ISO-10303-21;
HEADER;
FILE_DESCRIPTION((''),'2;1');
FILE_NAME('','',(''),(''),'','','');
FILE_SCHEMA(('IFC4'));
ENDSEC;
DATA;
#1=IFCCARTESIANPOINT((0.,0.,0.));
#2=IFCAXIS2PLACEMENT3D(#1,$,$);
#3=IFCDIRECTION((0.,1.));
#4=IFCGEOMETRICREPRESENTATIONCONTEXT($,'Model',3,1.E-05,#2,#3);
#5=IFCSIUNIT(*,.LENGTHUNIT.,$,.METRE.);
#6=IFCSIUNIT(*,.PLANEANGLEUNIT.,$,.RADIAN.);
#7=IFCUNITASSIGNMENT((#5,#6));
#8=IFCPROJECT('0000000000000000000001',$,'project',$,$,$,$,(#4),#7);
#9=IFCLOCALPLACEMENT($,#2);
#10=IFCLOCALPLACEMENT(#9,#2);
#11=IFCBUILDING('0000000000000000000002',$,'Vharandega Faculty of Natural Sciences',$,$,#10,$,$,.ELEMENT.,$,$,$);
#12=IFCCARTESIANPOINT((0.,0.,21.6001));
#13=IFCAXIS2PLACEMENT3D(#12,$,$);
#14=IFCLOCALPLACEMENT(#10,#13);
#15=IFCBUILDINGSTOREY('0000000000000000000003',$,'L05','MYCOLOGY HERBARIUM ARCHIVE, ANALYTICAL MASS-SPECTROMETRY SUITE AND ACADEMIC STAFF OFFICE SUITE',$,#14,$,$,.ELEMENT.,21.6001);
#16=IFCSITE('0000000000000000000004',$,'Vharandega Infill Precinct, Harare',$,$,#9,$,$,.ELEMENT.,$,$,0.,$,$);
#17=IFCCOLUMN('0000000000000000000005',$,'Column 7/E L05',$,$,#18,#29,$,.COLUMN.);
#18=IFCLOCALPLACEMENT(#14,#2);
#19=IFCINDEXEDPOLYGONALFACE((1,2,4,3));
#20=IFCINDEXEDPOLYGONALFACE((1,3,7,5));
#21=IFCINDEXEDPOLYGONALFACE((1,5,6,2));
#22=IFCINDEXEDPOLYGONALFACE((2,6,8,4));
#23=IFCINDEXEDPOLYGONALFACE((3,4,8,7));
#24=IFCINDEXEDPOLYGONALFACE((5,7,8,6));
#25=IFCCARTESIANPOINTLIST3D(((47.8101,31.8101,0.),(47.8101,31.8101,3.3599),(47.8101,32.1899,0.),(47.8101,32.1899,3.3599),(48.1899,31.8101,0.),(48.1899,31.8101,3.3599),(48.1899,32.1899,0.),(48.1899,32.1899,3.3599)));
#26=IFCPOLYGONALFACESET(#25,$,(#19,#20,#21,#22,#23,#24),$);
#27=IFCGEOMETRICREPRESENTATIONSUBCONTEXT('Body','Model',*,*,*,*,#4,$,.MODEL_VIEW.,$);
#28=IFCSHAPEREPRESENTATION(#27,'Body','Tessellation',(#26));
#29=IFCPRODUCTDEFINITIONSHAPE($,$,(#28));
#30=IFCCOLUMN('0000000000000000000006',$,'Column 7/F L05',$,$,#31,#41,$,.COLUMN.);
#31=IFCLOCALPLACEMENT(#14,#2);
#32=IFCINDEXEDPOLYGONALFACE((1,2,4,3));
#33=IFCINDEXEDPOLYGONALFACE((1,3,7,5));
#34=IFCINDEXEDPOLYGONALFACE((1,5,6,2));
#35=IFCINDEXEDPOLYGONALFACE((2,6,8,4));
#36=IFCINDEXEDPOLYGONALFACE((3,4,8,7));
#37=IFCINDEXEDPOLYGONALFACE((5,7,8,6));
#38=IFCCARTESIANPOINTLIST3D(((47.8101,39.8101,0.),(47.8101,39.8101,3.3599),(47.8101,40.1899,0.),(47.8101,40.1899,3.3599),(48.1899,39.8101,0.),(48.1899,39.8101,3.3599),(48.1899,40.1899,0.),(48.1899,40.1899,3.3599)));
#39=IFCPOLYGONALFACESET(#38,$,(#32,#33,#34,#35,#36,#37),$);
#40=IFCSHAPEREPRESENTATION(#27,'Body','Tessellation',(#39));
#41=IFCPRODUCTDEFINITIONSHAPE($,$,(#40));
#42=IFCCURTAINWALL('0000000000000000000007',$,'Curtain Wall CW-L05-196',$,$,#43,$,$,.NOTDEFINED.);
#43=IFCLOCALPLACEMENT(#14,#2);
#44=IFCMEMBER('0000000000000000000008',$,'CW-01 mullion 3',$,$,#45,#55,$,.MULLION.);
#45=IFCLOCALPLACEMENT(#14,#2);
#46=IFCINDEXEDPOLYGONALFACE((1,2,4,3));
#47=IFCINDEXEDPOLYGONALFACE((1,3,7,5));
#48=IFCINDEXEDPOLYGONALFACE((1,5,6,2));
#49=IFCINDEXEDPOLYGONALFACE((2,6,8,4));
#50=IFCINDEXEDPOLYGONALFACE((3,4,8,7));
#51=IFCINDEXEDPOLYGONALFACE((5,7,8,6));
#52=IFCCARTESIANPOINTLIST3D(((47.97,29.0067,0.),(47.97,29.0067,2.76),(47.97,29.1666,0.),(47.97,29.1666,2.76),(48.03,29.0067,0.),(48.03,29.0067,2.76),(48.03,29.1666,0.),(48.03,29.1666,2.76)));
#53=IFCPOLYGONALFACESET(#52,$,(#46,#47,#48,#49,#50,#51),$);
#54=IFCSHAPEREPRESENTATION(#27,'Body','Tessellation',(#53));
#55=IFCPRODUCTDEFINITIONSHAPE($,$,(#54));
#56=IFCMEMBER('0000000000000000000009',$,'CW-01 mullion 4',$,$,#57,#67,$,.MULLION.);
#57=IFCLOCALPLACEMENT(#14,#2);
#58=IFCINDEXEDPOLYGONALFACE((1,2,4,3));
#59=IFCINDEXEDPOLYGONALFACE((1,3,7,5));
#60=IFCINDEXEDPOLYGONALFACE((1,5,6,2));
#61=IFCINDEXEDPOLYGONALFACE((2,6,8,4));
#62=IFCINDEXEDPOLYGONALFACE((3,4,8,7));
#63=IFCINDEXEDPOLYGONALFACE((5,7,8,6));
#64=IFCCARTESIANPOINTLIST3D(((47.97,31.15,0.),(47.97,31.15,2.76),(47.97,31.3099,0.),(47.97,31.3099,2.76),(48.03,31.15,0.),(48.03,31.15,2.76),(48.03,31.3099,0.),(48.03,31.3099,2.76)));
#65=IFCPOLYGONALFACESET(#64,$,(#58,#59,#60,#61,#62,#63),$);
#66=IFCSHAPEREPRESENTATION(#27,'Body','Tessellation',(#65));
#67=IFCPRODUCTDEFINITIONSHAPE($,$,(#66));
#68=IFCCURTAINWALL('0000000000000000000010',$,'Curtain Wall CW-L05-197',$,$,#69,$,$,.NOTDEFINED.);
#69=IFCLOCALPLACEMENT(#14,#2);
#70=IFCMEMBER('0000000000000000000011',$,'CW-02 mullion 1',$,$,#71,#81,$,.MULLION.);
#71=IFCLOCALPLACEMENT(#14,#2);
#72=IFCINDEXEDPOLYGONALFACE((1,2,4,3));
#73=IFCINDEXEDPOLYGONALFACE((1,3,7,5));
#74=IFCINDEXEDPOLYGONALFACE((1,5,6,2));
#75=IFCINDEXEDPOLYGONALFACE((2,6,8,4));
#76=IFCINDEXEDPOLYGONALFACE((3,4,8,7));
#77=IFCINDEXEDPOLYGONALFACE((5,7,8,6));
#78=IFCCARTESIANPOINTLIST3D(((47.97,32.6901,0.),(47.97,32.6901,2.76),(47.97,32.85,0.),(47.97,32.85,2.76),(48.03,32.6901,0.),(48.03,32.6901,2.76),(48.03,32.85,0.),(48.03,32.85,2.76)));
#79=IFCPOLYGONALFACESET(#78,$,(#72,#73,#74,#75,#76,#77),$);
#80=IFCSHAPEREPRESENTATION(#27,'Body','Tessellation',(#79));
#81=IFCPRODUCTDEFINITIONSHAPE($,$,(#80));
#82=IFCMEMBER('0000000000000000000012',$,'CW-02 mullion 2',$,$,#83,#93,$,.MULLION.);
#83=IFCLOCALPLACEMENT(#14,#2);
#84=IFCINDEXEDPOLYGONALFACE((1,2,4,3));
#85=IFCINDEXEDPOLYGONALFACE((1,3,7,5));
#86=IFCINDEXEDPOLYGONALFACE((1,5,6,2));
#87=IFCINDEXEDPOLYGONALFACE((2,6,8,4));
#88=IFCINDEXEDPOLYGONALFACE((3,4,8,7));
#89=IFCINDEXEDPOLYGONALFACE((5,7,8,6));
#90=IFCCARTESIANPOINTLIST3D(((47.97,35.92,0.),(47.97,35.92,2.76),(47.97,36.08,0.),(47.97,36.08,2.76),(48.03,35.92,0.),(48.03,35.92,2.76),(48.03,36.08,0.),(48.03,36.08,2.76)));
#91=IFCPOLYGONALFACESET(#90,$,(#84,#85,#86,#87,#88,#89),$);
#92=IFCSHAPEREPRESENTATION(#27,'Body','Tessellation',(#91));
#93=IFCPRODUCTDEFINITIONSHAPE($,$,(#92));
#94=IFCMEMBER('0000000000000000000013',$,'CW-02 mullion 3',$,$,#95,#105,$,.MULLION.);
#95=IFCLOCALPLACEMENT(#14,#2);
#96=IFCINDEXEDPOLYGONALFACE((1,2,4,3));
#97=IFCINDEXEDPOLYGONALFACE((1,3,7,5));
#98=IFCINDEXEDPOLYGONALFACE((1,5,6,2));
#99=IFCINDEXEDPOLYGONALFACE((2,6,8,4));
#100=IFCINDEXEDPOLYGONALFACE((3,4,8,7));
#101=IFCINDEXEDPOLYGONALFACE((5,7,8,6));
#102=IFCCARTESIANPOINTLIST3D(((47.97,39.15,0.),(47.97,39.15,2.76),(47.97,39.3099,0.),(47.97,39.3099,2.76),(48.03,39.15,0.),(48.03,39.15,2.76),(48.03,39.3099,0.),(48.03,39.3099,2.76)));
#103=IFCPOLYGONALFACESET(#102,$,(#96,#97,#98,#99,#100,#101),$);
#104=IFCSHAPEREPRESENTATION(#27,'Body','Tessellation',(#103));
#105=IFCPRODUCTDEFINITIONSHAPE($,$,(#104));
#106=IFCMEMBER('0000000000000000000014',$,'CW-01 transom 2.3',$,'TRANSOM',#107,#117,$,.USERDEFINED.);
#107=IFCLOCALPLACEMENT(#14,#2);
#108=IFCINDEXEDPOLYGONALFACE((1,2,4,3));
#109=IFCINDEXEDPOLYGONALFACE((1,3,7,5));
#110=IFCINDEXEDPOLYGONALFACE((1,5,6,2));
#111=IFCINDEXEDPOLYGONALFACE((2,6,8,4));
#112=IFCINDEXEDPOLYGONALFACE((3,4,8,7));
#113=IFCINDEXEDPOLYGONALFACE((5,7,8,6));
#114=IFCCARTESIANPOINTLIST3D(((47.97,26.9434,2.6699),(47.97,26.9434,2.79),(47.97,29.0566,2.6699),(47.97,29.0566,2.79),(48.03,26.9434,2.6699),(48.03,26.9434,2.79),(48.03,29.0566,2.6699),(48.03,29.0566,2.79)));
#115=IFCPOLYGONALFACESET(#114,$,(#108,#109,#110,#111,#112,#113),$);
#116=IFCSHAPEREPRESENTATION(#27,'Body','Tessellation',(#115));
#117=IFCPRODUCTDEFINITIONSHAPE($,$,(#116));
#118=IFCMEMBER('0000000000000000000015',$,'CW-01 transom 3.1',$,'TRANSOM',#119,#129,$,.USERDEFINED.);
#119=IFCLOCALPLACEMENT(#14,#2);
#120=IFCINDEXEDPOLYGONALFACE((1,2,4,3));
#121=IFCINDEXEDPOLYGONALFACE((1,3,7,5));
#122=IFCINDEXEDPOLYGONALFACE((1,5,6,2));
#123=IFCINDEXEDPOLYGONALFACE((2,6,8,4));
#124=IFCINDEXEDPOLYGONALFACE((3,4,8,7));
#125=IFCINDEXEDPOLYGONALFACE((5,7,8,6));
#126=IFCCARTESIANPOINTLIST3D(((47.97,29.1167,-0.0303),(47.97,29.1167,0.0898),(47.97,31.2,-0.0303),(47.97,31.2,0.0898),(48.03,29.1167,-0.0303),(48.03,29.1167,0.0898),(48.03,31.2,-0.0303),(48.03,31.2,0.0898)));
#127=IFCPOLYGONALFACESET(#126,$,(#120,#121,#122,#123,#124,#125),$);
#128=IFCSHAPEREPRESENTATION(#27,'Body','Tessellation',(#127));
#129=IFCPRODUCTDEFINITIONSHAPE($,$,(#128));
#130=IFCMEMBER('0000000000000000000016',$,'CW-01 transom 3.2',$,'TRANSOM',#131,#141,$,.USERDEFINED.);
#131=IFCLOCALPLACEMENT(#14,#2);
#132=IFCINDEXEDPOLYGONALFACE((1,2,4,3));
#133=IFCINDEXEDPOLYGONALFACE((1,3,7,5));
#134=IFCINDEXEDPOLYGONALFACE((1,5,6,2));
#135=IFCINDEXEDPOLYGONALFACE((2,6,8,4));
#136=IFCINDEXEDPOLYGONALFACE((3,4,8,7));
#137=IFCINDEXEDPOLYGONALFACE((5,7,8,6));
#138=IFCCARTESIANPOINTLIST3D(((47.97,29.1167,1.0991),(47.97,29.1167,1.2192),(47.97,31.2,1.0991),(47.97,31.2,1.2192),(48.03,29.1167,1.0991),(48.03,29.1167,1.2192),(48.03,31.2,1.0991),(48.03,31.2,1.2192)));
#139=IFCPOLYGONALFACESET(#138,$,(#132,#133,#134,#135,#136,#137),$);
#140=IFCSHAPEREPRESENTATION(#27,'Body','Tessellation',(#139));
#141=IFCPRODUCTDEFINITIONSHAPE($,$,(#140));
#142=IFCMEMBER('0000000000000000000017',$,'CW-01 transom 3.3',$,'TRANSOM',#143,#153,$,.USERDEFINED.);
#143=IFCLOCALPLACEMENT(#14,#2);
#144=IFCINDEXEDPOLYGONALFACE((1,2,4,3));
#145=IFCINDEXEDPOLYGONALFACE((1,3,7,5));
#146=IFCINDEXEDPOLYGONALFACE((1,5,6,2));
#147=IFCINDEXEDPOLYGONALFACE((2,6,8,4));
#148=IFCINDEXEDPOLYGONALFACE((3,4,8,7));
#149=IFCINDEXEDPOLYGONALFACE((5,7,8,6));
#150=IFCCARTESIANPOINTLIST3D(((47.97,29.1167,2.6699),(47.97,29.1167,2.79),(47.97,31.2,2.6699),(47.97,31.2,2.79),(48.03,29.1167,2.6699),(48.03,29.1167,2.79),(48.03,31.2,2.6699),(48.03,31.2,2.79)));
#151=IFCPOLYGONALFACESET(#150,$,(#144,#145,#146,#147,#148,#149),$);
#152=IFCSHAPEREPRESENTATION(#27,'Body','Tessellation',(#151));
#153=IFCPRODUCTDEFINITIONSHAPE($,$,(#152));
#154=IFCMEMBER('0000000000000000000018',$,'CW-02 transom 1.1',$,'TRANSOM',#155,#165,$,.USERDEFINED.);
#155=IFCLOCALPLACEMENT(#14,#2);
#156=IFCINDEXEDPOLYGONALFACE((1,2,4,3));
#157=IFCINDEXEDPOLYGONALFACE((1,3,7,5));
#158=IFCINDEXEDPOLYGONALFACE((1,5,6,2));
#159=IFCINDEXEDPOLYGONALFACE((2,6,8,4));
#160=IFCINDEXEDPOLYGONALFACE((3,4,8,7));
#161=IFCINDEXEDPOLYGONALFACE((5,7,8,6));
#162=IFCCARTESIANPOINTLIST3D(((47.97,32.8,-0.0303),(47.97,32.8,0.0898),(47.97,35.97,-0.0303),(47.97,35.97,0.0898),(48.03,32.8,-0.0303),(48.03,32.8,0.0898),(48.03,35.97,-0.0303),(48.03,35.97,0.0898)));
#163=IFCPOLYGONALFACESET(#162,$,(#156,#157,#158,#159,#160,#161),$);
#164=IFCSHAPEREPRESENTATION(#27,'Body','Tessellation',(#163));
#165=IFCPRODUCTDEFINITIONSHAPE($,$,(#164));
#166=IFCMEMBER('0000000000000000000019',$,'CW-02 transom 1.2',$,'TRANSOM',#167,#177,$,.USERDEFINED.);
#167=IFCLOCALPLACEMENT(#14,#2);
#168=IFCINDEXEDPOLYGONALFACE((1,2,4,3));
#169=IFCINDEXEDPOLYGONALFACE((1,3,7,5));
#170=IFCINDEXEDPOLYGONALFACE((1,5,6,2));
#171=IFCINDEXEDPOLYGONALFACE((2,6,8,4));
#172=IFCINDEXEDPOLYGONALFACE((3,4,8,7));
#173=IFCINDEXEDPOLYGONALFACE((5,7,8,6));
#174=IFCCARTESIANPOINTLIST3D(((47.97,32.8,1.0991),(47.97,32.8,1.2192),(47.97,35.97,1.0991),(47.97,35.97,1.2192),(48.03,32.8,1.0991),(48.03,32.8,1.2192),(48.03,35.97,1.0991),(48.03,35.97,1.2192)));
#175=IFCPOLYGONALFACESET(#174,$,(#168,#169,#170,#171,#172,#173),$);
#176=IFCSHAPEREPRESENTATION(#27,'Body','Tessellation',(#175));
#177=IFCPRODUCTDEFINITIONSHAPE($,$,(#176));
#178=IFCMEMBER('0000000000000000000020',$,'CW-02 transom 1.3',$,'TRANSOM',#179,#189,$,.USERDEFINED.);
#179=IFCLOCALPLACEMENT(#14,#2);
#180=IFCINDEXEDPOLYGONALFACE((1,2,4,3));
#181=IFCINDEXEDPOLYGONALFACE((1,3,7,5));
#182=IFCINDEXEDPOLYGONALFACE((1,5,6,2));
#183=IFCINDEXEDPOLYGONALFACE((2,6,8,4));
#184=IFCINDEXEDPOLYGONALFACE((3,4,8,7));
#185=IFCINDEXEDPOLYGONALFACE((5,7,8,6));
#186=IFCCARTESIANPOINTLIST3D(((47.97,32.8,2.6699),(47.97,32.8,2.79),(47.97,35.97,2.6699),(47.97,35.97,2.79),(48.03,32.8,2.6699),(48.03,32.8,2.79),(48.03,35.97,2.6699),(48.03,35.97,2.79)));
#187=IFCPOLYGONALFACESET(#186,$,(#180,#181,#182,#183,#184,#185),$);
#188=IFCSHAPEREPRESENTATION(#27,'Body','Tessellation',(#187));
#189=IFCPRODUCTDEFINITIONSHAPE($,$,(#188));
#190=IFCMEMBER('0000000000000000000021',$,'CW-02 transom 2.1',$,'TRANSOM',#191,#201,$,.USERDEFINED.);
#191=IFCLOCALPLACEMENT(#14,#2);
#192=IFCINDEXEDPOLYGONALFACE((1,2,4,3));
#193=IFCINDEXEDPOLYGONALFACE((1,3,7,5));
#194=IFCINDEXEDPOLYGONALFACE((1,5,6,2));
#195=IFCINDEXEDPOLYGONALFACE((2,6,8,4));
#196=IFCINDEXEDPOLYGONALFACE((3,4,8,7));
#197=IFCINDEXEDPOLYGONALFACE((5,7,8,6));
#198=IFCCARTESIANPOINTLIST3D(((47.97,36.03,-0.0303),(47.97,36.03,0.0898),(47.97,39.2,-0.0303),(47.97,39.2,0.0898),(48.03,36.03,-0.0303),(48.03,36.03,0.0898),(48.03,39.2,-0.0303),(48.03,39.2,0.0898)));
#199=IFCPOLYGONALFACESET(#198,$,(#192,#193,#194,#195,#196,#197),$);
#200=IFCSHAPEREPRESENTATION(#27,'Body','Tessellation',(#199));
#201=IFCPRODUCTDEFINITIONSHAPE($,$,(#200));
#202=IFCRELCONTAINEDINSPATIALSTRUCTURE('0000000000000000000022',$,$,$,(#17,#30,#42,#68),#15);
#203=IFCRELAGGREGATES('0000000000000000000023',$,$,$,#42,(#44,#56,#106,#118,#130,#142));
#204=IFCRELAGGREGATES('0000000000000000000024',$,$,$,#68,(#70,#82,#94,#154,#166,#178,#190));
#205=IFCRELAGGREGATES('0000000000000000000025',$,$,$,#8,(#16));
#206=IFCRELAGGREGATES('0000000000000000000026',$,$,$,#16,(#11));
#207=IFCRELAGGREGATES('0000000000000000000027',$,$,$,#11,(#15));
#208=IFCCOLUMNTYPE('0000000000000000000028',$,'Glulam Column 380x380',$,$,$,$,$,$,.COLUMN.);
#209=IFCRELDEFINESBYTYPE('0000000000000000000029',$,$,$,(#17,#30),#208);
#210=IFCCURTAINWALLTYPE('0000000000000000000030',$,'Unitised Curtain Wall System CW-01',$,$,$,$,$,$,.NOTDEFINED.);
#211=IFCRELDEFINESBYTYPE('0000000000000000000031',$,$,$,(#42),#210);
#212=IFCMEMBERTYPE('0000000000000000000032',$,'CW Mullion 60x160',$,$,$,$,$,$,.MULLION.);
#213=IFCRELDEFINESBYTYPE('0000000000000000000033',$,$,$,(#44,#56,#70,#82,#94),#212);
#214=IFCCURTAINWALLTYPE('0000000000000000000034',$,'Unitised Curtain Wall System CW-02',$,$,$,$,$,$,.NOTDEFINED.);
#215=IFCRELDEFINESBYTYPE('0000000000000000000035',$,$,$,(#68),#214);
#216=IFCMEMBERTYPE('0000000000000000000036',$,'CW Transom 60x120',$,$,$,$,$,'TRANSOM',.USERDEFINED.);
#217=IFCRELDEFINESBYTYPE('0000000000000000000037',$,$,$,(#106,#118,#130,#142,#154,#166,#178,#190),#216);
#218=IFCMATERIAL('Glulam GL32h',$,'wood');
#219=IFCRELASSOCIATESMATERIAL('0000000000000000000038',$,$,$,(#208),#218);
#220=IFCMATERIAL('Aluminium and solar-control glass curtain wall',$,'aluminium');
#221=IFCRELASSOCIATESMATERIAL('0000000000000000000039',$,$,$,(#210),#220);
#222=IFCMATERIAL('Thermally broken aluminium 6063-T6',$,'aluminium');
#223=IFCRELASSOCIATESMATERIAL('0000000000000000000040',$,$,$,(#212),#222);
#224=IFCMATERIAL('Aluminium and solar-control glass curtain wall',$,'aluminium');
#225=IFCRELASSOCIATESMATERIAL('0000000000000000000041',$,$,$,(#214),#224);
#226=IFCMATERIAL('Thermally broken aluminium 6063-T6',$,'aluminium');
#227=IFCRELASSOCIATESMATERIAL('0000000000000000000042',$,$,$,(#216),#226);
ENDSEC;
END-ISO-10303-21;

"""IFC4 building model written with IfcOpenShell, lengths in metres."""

from ifc_helpers import new_model, si_unit, direction, frame, origin, origin_2d, place, context, subcontext, project, spatial, rectangle, extrude, material, material_profile, profile_set, type_object, element, aggregate, save


model = new_model("IFC4")

# Units and contexts
model_context = context("Model", 3, precision=1e-05, world=origin(), true_north=direction((0.0, 1.0)))
body_context = subcontext(model_context, "Body", "Model", "MODEL_VIEW")
ifc_project = project(units=[si_unit("LENGTHUNIT", "METRE"), si_unit("PLANEANGLEUNIT", "RADIAN")], contexts=[model_context])

# Site, building, storey
site_placement = place(None, origin())
site = spatial("IfcSite", under=ifc_project, at=site_placement, Name="Vharandega Infill Precinct, Harare", CompositionType="ELEMENT", RefElevation=0.0)
building_placement = place(site_placement, origin())
building = spatial("IfcBuilding", under=site, at=building_placement, Name="Vharandega Faculty of Natural Sciences", CompositionType="ELEMENT")
storey_placement = place(building_placement, frame((0.0, 0.0, 21.6001)))
storey = spatial("IfcBuildingStorey", under=building, at=storey_placement, Name="L05", Description="MYCOLOGY HERBARIUM ARCHIVE, ANALYTICAL MASS-SPECTROMETRY SUITE AND ACADEMIC STAFF OFFICE SUITE", CompositionType="ELEMENT", Elevation=21.6001)

# Columns
ifc_material_1 = material(Name="Glulam GL32h", Category="wood")
ifc_material_profile_1 = material_profile(ifc_material_1, rectangle(XDim=0.3799, YDim=0.3799, at=origin_2d()), Name="GL32h 380x380")
ifc_profile_set_1 = profile_set([ifc_material_profile_1], Name="Glulam GL32h")
column_type = type_object("IfcColumnType", Name="Glulam Column 380x380", PredefinedType="COLUMN", material=ifc_profile_set_1)
for number, where, z_axis, x_axis, name in (
    (1, (48.0, 32.0, 0.0), (0.0, 0.0, 1.0), (1.0, 0.0, 0.0), "Column 7/E L05"),
    (2, (48.0, 40.0, 0.0), (0.0, 0.0, 1.0), (1.0, 0.0, 0.0), "Column 7/F L05"),
):
    element("IfcColumn", number, at=place(storey_placement, frame(where, z_axis=z_axis, x_axis=x_axis)), inside=storey, type_object=column_type, Name=name, PredefinedType="COLUMN", context=body_context, shape_type="SweptSolid", body=[
        extrude(rectangle(XDim=0.3799, YDim=0.3799, at=origin_2d()), origin(), (0.0, 0.0, 1.0), 3.3599),
    ])

# Curtain walls, members
ifc_material_2 = material(Name="Aluminium and solar-control glass curtain wall", Category="aluminium")
curtain_wall_type_1 = type_object("IfcCurtainWallType", Name="Unitised Curtain Wall System CW-01", PredefinedType="NOTDEFINED", material=ifc_material_2)
curtain_wall_1_placement = place(storey_placement, origin())
curtain_wall_1 = element("IfcCurtainWall", 3, at=curtain_wall_1_placement, inside=storey, type_object=curtain_wall_type_1, Name="Curtain Wall CW-L05-196", PredefinedType="NOTDEFINED")
ifc_material_3 = material(Name="Thermally broken aluminium 6063-T6", Category="aluminium")
ifc_material_profile_2 = material_profile(ifc_material_3, rectangle(XDim=0.0601, YDim=0.1599, at=origin_2d()), Name="ALU 60x160")
ifc_profile_set_2 = profile_set([ifc_material_profile_2], Name="Thermally broken aluminium 6063-T6")
member_type_1 = type_object("IfcMemberType", Name="CW Mullion 60x160", PredefinedType="MULLION", material=ifc_profile_set_2)
member_1_placement = place(storey_placement, frame((48.0, 29.0867, 0.0), z_axis=(0.0, 0.0, 1.0), x_axis=(-1.0, 0.0, 0.0)))
member_1 = element("IfcMember", 4, at=member_1_placement, type_object=member_type_1, Name="CW-01 mullion 3", PredefinedType="MULLION", context=body_context, shape_type="SweptSolid", body=[
    extrude(rectangle(XDim=0.0601, YDim=0.1599, at=origin_2d()), origin(), (0.0, 0.0, 1.0), 2.76),
])
member_2_placement = place(storey_placement, frame((48.0, 31.23, 0.0), z_axis=(0.0, 0.0, 1.0), x_axis=(-1.0, 0.0, 0.0)))
member_2 = element("IfcMember", 5, at=member_2_placement, type_object=member_type_1, Name="CW-01 mullion 4", PredefinedType="MULLION", context=body_context, shape_type="SweptSolid", body=[
    extrude(rectangle(XDim=0.0601, YDim=0.1599, at=origin_2d()), origin(), (0.0, 0.0, 1.0), 2.76),
])
ifc_material_4 = material(Name="Aluminium and solar-control glass curtain wall", Category="aluminium")
curtain_wall_type_2 = type_object("IfcCurtainWallType", Name="Unitised Curtain Wall System CW-02", PredefinedType="NOTDEFINED", material=ifc_material_4)
curtain_wall_2_placement = place(storey_placement, origin())
curtain_wall_2 = element("IfcCurtainWall", 6, at=curtain_wall_2_placement, inside=storey, type_object=curtain_wall_type_2, Name="Curtain Wall CW-L05-197", PredefinedType="NOTDEFINED")
member_3_placement = place(storey_placement, frame((48.0, 32.77, 0.0), z_axis=(0.0, 0.0, 1.0), x_axis=(-1.0, 0.0, 0.0)))
member_3 = element("IfcMember", 7, at=member_3_placement, type_object=member_type_1, Name="CW-02 mullion 1", PredefinedType="MULLION", context=body_context, shape_type="SweptSolid", body=[
    extrude(rectangle(XDim=0.0601, YDim=0.1599, at=origin_2d()), origin(), (0.0, 0.0, 1.0), 2.76),
])
member_4_placement = place(storey_placement, frame((48.0, 36.0, 0.0), z_axis=(0.0, 0.0, 1.0), x_axis=(-1.0, 0.0, 0.0)))
member_4 = element("IfcMember", 8, at=member_4_placement, type_object=member_type_1, Name="CW-02 mullion 2", PredefinedType="MULLION", context=body_context, shape_type="SweptSolid", body=[
    extrude(rectangle(XDim=0.0601, YDim=0.1599, at=origin_2d()), origin(), (0.0, 0.0, 1.0), 2.76),
])
member_5_placement = place(storey_placement, frame((48.0, 39.23, 0.0), z_axis=(0.0, 0.0, 1.0), x_axis=(-1.0, 0.0, 0.0)))
member_5 = element("IfcMember", 9, at=member_5_placement, type_object=member_type_1, Name="CW-02 mullion 3", PredefinedType="MULLION", context=body_context, shape_type="SweptSolid", body=[
    extrude(rectangle(XDim=0.0601, YDim=0.1599, at=origin_2d()), origin(), (0.0, 0.0, 1.0), 2.76),
])

# Members
ifc_material_5 = material(Name="Thermally broken aluminium 6063-T6", Category="aluminium")
ifc_material_profile_3 = material_profile(ifc_material_5, rectangle(XDim=0.0601, YDim=0.1201, at=origin_2d()), Name="ALU 60x120")
ifc_profile_set_3 = profile_set([ifc_material_profile_3], Name="Thermally broken aluminium 6063-T6")
member_type_2 = type_object("IfcMemberType", Name="CW Transom 60x120", ElementType="TRANSOM", PredefinedType="USERDEFINED", material=ifc_profile_set_3)
member_6_placement = place(storey_placement, frame((48.0, 26.9434, 2.73), z_axis=(0.0, 1.0, 0.0), x_axis=(-1.0, 0.0, 0.0)))
member_6 = element("IfcMember", 10, at=member_6_placement, type_object=member_type_2, Name="CW-01 transom 2.3", ObjectType="TRANSOM", PredefinedType="USERDEFINED", context=body_context, shape_type="SweptSolid", body=[
    extrude(rectangle(XDim=0.0601, YDim=0.1201, at=origin_2d()), origin(), (0.0, 0.0, 1.0), 2.1133),
])
member_7_placement = place(storey_placement, frame((48.0, 29.1167, 0.0298), z_axis=(0.0, 1.0, 0.0), x_axis=(-1.0, 0.0, 0.0)))
member_7 = element("IfcMember", 11, at=member_7_placement, type_object=member_type_2, Name="CW-01 transom 3.1", ObjectType="TRANSOM", PredefinedType="USERDEFINED", context=body_context, shape_type="SweptSolid", body=[
    extrude(rectangle(XDim=0.0601, YDim=0.1201, at=origin_2d()), origin(), (0.0, 0.0, 1.0), 2.0833),
])
member_8_placement = place(storey_placement, frame((48.0, 29.1167, 1.1592), z_axis=(0.0, 1.0, 0.0), x_axis=(-1.0, 0.0, 0.0)))
member_8 = element("IfcMember", 12, at=member_8_placement, type_object=member_type_2, Name="CW-01 transom 3.2", ObjectType="TRANSOM", PredefinedType="USERDEFINED", context=body_context, shape_type="SweptSolid", body=[
    extrude(rectangle(XDim=0.0601, YDim=0.1201, at=origin_2d()), origin(), (0.0, 0.0, 1.0), 2.0833),
])
member_9_placement = place(storey_placement, frame((48.0, 29.1167, 2.73), z_axis=(0.0, 1.0, 0.0), x_axis=(-1.0, 0.0, 0.0)))
member_9 = element("IfcMember", 13, at=member_9_placement, type_object=member_type_2, Name="CW-01 transom 3.3", ObjectType="TRANSOM", PredefinedType="USERDEFINED", context=body_context, shape_type="SweptSolid", body=[
    extrude(rectangle(XDim=0.0601, YDim=0.1201, at=origin_2d()), origin(), (0.0, 0.0, 1.0), 2.0833),
])
member_10_placement = place(storey_placement, frame((48.0, 32.8, 0.0298), z_axis=(0.0, 1.0, 0.0), x_axis=(-1.0, 0.0, 0.0)))
member_10 = element("IfcMember", 14, at=member_10_placement, type_object=member_type_2, Name="CW-02 transom 1.1", ObjectType="TRANSOM", PredefinedType="USERDEFINED", context=body_context, shape_type="SweptSolid", body=[
    extrude(rectangle(XDim=0.0601, YDim=0.1201, at=origin_2d()), origin(), (0.0, 0.0, 1.0), 3.1699),
])
member_11_placement = place(storey_placement, frame((48.0, 32.8, 1.1592), z_axis=(0.0, 1.0, 0.0), x_axis=(-1.0, 0.0, 0.0)))
member_11 = element("IfcMember", 15, at=member_11_placement, type_object=member_type_2, Name="CW-02 transom 1.2", ObjectType="TRANSOM", PredefinedType="USERDEFINED", context=body_context, shape_type="SweptSolid", body=[
    extrude(rectangle(XDim=0.0601, YDim=0.1201, at=origin_2d()), origin(), (0.0, 0.0, 1.0), 3.1699),
])
member_12_placement = place(storey_placement, frame((48.0, 32.8, 2.73), z_axis=(0.0, 1.0, 0.0), x_axis=(-1.0, 0.0, 0.0)))
member_12 = element("IfcMember", 16, at=member_12_placement, type_object=member_type_2, Name="CW-02 transom 1.3", ObjectType="TRANSOM", PredefinedType="USERDEFINED", context=body_context, shape_type="SweptSolid", body=[
    extrude(rectangle(XDim=0.0601, YDim=0.1201, at=origin_2d()), origin(), (0.0, 0.0, 1.0), 3.1699),
])
member_13_placement = place(storey_placement, frame((48.0, 36.03, 0.0298), z_axis=(0.0, 1.0, 0.0), x_axis=(-1.0, 0.0, 0.0)))
member_13 = element("IfcMember", 17, at=member_13_placement, type_object=member_type_2, Name="CW-02 transom 2.1", ObjectType="TRANSOM", PredefinedType="USERDEFINED", context=body_context, shape_type="SweptSolid", body=[
    extrude(rectangle(XDim=0.0601, YDim=0.1201, at=origin_2d()), origin(), (0.0, 0.0, 1.0), 3.1699),
])

aggregate(curtain_wall_1, [member_1, member_2, member_6, member_7, member_8, member_9])
aggregate(curtain_wall_2, [member_3, member_4, member_5, member_10, member_11, member_12, member_13])

save(model, "model.ifc")
